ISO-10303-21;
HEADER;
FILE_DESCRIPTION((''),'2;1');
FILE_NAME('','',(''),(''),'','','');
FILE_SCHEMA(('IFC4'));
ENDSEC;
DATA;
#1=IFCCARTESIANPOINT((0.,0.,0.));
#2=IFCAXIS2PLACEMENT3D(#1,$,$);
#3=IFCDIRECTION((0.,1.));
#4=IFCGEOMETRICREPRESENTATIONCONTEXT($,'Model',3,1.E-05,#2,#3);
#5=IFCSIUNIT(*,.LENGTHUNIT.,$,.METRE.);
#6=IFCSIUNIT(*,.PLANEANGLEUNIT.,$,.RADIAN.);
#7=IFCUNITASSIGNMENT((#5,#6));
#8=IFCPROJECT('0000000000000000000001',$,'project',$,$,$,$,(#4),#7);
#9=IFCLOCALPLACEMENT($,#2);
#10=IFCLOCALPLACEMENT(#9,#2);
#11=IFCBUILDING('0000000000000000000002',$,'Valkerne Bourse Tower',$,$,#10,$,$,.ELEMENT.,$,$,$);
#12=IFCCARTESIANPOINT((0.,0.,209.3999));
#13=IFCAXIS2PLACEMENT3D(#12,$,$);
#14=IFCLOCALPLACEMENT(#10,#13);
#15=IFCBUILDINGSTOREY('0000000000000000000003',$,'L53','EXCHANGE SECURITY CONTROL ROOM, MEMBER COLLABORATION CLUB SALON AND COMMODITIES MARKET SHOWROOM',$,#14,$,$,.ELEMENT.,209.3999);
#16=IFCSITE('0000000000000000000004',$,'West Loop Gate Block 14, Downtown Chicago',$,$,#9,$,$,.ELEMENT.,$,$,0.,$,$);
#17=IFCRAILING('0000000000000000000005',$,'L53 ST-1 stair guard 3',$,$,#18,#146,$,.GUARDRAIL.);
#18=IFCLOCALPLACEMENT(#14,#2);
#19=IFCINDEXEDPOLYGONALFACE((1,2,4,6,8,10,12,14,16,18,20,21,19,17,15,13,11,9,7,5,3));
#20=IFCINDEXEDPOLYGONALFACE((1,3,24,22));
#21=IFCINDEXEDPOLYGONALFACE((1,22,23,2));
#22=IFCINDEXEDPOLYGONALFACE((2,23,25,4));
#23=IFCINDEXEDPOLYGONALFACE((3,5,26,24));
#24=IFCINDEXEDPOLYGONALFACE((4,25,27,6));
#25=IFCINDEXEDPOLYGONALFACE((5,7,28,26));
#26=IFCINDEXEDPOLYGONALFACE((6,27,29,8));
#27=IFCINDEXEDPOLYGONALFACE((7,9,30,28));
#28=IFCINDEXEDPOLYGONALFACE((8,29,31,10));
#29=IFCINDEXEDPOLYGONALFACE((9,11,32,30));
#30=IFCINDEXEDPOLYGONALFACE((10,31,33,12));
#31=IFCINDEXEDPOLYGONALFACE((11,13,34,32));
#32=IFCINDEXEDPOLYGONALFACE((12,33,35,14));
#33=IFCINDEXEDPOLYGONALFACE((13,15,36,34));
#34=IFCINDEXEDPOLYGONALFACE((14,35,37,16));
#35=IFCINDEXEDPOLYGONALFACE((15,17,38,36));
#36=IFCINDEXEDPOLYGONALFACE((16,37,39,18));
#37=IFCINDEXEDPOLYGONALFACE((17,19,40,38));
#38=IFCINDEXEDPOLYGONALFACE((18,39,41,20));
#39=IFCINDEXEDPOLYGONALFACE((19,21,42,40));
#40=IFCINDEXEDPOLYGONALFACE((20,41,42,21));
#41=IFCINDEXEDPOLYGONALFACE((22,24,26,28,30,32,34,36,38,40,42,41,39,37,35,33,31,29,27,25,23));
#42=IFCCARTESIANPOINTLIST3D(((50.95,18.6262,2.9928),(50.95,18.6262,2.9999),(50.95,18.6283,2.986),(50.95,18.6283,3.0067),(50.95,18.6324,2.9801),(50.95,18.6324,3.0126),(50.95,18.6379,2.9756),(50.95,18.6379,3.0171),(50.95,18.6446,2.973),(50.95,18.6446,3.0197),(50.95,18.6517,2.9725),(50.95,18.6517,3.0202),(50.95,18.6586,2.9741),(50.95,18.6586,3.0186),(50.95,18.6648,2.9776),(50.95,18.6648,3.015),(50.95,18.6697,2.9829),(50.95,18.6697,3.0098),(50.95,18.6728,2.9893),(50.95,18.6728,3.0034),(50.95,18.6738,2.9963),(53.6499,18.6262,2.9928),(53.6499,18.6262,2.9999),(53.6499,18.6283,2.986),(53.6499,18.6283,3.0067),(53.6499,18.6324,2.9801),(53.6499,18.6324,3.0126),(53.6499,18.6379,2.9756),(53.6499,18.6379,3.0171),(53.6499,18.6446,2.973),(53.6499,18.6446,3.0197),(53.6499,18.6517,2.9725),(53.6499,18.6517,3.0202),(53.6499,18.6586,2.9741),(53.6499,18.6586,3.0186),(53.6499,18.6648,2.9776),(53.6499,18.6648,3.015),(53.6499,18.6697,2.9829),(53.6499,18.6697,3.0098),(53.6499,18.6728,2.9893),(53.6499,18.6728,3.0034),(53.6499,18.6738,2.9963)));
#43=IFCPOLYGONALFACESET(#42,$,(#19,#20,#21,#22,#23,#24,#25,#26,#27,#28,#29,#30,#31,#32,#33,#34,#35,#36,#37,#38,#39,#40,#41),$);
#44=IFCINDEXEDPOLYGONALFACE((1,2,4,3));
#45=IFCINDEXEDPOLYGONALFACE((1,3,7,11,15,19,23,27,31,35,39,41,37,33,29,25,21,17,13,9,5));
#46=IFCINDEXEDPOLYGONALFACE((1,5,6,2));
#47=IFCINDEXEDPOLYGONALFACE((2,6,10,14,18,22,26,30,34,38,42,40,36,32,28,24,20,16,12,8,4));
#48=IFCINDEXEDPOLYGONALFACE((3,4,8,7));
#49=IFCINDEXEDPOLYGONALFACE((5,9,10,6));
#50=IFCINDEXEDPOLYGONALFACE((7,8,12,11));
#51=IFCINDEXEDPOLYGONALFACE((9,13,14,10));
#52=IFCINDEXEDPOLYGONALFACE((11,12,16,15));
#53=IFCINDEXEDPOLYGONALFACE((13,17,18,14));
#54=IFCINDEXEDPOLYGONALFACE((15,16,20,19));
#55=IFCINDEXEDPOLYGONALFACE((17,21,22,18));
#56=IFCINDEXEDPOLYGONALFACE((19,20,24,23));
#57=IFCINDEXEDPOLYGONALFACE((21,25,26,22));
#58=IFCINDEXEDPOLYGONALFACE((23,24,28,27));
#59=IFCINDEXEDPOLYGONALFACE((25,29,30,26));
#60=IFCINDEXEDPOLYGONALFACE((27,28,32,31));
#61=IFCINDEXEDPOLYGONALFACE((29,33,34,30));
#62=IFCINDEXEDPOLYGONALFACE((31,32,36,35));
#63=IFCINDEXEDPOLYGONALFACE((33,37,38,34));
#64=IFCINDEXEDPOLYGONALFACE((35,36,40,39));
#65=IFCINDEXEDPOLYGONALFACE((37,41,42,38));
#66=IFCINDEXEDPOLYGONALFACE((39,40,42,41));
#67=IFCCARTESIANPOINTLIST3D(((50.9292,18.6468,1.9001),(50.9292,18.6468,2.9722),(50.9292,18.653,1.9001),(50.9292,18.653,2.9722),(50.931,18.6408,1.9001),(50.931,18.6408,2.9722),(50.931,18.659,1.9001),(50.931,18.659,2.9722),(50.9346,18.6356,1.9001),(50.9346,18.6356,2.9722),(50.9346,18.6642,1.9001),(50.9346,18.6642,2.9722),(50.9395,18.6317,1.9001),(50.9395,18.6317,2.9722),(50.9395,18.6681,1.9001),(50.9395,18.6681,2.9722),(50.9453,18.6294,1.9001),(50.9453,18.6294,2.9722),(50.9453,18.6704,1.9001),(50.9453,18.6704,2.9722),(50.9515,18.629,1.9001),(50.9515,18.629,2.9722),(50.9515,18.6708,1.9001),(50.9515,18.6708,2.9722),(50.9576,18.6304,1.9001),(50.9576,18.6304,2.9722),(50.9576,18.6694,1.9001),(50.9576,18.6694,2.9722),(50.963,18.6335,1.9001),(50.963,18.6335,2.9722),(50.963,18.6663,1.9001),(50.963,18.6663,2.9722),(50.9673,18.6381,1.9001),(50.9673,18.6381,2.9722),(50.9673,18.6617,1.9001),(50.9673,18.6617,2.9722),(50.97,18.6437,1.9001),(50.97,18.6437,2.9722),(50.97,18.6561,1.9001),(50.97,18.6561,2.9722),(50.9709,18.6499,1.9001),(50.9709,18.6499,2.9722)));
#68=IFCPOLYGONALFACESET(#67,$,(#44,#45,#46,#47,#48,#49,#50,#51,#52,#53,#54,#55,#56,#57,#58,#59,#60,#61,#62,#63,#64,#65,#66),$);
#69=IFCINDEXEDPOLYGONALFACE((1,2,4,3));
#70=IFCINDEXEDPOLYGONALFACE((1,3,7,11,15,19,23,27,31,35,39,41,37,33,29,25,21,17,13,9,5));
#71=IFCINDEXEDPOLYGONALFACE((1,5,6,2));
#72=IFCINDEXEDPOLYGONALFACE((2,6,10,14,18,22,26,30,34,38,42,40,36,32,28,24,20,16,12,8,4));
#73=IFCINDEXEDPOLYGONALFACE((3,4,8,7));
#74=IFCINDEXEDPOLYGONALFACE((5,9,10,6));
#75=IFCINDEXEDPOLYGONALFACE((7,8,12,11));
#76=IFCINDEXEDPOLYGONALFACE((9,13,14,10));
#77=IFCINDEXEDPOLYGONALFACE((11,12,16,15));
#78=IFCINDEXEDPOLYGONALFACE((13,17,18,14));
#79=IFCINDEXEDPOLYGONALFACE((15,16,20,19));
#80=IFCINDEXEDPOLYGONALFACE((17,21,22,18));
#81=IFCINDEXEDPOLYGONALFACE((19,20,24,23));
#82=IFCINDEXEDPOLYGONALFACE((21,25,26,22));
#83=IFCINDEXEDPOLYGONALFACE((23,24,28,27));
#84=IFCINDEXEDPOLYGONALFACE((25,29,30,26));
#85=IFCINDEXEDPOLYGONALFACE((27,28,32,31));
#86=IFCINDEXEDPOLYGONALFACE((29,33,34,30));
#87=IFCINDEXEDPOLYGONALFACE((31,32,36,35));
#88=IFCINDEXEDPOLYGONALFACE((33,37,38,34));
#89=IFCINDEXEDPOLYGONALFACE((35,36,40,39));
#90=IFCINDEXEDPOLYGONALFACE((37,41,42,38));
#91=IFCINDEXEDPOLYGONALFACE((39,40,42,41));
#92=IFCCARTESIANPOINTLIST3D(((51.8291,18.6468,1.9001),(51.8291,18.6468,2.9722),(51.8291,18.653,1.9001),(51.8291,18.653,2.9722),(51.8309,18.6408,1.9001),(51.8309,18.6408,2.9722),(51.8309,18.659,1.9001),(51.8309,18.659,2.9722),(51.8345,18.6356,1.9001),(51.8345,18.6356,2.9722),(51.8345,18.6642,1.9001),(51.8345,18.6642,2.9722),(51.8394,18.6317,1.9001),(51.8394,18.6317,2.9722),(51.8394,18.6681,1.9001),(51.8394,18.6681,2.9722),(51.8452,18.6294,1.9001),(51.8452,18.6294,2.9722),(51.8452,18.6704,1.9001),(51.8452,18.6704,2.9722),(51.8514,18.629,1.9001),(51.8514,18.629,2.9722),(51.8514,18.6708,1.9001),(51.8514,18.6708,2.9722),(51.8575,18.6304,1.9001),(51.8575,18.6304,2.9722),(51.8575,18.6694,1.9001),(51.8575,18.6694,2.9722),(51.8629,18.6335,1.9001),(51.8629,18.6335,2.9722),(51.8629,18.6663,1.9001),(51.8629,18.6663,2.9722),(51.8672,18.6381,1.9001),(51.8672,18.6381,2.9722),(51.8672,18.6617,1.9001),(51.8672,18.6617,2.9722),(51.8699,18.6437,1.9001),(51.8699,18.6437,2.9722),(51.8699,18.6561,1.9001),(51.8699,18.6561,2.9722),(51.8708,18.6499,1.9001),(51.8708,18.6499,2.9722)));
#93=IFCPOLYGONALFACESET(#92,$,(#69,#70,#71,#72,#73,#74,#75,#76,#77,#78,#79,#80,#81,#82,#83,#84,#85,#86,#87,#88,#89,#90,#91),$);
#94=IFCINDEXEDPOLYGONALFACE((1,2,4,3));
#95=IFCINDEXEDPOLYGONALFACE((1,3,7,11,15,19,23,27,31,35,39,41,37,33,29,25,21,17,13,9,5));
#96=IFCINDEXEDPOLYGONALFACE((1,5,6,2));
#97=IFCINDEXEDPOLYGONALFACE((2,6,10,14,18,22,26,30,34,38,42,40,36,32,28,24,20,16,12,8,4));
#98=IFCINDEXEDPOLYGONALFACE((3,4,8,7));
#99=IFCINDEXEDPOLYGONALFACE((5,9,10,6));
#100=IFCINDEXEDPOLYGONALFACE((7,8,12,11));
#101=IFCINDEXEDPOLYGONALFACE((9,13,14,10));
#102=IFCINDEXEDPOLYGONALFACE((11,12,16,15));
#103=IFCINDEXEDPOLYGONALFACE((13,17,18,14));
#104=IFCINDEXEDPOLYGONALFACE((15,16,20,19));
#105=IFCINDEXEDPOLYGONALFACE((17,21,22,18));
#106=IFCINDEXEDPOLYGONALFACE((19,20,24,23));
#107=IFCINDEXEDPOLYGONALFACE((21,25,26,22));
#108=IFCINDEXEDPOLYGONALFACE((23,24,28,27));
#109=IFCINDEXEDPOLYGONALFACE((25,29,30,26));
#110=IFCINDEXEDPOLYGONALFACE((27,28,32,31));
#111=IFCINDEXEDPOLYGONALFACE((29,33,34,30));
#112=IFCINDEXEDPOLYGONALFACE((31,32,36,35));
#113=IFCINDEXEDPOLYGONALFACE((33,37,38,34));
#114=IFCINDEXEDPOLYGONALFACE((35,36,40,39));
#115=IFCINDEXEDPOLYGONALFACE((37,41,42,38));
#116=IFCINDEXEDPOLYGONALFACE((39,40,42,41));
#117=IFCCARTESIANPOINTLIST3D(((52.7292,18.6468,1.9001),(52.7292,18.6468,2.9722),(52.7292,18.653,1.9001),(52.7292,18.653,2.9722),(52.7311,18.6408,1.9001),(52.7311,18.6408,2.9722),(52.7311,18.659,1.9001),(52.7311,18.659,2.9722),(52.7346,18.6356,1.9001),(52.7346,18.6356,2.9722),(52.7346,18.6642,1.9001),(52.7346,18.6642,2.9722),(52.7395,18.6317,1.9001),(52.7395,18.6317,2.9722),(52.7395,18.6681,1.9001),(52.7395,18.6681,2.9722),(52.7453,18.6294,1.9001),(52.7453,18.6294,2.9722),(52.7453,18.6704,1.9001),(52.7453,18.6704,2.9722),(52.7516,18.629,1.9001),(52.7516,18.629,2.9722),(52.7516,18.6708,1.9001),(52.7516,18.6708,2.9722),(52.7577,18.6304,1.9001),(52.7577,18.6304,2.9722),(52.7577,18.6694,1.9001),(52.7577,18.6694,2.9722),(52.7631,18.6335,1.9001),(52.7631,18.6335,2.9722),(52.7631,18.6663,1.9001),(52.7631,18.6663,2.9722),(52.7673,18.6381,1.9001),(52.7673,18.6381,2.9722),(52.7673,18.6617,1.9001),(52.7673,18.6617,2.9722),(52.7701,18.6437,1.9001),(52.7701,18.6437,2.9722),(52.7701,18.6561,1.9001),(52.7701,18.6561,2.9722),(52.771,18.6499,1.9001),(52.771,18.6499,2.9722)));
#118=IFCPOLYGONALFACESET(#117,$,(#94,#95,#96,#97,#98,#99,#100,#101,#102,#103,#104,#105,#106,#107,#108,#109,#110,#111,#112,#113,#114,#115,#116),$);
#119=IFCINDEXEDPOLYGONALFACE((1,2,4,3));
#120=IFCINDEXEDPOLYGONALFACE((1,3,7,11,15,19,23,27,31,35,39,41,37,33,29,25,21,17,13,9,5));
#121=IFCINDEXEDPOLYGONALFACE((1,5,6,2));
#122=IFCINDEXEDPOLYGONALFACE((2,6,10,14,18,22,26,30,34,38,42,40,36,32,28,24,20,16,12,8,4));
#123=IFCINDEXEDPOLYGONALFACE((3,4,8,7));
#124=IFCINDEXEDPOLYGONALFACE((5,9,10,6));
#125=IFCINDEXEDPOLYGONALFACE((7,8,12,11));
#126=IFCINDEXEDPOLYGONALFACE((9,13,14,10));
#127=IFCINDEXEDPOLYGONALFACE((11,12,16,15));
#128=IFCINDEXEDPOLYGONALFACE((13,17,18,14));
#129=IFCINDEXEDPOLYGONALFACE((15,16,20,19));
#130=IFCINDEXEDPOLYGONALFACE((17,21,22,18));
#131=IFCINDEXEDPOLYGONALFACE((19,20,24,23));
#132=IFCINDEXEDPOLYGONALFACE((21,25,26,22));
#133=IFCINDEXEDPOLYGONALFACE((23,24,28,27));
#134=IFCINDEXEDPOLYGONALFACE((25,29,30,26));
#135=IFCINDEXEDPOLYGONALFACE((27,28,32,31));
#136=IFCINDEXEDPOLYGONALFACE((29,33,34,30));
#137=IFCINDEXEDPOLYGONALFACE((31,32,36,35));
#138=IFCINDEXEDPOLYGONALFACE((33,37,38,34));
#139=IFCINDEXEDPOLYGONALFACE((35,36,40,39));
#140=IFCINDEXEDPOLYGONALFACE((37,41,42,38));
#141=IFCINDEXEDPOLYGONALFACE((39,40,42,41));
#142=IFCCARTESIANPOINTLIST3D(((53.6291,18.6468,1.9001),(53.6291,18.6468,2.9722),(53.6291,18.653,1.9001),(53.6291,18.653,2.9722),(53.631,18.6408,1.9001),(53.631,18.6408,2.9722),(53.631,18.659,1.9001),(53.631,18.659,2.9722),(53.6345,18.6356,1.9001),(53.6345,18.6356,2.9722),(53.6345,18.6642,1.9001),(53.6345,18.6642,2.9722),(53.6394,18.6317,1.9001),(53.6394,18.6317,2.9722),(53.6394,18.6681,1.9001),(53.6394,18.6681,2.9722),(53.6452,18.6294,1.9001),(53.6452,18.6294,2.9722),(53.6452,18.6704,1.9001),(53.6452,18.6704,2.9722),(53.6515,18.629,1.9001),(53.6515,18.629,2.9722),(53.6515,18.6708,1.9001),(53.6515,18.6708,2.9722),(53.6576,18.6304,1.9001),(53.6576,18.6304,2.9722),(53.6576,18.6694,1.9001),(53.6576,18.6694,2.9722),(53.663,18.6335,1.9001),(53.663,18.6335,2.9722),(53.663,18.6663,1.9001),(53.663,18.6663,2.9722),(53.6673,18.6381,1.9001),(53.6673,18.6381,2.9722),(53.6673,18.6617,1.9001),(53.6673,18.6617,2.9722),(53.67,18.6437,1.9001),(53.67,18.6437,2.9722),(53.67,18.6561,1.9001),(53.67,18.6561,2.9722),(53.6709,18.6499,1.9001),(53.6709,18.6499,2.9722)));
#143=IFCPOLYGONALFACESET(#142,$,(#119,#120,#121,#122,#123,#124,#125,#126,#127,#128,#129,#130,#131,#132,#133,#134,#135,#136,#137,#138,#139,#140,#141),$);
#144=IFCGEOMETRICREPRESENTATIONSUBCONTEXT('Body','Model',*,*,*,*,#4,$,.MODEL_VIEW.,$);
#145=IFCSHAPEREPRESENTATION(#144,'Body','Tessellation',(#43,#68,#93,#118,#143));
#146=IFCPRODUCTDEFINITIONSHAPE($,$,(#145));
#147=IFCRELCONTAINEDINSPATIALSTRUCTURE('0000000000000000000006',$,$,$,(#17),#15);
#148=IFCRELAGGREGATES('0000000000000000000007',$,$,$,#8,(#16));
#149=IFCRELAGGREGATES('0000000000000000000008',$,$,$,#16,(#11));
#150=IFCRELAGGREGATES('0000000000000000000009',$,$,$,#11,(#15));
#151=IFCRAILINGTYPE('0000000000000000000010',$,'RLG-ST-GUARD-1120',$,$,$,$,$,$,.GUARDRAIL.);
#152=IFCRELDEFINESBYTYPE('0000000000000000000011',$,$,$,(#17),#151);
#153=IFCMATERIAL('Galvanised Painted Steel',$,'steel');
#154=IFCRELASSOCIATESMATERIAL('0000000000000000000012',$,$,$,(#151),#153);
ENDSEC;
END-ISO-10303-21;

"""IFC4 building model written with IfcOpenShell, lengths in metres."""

from ifc_helpers import new_model, si_unit, direction, frame, origin, origin_2d, place, context, subcontext, project, spatial, circle, extrude, material, type_object, element, save


model = new_model("IFC4")

# Units and contexts
model_context = context("Model", 3, precision=1e-05, world=origin(), true_north=direction((0.0, 1.0)))
body_context = subcontext(model_context, "Body", "Model", "MODEL_VIEW")
ifc_project = project(units=[si_unit("LENGTHUNIT", "METRE"), si_unit("PLANEANGLEUNIT", "RADIAN")], contexts=[model_context])

# Site, building, storey
site_placement = place(None, origin())
site = spatial("IfcSite", under=ifc_project, at=site_placement, Name="West Loop Gate Block 14, Downtown Chicago", CompositionType="ELEMENT", RefElevation=0.0)
building_placement = place(site_placement, origin())
building = spatial("IfcBuilding", under=site, at=building_placement, Name="Valkerne Bourse Tower", CompositionType="ELEMENT")
storey_placement = place(building_placement, frame((0.0, 0.0, 209.3999)))
storey = spatial("IfcBuildingStorey", under=building, at=storey_placement, Name="L53", Description="EXCHANGE SECURITY CONTROL ROOM, MEMBER COLLABORATION CLUB SALON AND COMMODITIES MARKET SHOWROOM", CompositionType="ELEMENT", Elevation=209.3999)

# Shared definitions
ifc_material_1 = material(Name="Galvanised Painted Steel", Category="steel")

# Railing
railing_type_1 = type_object("IfcRailingType", Name="RLG-ST-GUARD-1120", PredefinedType="GUARDRAIL", material=ifc_material_1)
for number, where, name in (
    (1, (50.95, 18.6499, 1.9001), "L53 ST-1 stair guard 3"),
):
    element("IfcRailing", number, at=place(storey_placement, frame(where)), inside=storey, type_object=railing_type_1, Name=name, PredefinedType="GUARDRAIL", context=body_context, shape_type="SweptSolid", body=[
        extrude(circle(Radius=0.0239, at=origin_2d()), frame((0.0, 0.0, 1.0962), z_axis=(1.0, 0.0, 0.0), x_axis=(0.0, 1.0, 0.0)), (0.0, 0.0, 1.0), 2.7),
        extrude(circle(Radius=0.021, at=origin_2d()), origin(), (0.0, 0.0, 1.0), 1.072),
        extrude(circle(Radius=0.021, at=origin_2d()), frame((0.8999, 0.0, 0.0)), (0.0, 0.0, 1.0), 1.072),
        extrude(circle(Radius=0.021, at=origin_2d()), frame((1.8, 0.0, 0.0)), (0.0, 0.0, 1.0), 1.072),
        extrude(circle(Radius=0.021, at=origin_2d()), frame((2.7, 0.0, 0.0)), (0.0, 0.0, 1.0), 1.072),
    ])

save(model, "model.ifc")
